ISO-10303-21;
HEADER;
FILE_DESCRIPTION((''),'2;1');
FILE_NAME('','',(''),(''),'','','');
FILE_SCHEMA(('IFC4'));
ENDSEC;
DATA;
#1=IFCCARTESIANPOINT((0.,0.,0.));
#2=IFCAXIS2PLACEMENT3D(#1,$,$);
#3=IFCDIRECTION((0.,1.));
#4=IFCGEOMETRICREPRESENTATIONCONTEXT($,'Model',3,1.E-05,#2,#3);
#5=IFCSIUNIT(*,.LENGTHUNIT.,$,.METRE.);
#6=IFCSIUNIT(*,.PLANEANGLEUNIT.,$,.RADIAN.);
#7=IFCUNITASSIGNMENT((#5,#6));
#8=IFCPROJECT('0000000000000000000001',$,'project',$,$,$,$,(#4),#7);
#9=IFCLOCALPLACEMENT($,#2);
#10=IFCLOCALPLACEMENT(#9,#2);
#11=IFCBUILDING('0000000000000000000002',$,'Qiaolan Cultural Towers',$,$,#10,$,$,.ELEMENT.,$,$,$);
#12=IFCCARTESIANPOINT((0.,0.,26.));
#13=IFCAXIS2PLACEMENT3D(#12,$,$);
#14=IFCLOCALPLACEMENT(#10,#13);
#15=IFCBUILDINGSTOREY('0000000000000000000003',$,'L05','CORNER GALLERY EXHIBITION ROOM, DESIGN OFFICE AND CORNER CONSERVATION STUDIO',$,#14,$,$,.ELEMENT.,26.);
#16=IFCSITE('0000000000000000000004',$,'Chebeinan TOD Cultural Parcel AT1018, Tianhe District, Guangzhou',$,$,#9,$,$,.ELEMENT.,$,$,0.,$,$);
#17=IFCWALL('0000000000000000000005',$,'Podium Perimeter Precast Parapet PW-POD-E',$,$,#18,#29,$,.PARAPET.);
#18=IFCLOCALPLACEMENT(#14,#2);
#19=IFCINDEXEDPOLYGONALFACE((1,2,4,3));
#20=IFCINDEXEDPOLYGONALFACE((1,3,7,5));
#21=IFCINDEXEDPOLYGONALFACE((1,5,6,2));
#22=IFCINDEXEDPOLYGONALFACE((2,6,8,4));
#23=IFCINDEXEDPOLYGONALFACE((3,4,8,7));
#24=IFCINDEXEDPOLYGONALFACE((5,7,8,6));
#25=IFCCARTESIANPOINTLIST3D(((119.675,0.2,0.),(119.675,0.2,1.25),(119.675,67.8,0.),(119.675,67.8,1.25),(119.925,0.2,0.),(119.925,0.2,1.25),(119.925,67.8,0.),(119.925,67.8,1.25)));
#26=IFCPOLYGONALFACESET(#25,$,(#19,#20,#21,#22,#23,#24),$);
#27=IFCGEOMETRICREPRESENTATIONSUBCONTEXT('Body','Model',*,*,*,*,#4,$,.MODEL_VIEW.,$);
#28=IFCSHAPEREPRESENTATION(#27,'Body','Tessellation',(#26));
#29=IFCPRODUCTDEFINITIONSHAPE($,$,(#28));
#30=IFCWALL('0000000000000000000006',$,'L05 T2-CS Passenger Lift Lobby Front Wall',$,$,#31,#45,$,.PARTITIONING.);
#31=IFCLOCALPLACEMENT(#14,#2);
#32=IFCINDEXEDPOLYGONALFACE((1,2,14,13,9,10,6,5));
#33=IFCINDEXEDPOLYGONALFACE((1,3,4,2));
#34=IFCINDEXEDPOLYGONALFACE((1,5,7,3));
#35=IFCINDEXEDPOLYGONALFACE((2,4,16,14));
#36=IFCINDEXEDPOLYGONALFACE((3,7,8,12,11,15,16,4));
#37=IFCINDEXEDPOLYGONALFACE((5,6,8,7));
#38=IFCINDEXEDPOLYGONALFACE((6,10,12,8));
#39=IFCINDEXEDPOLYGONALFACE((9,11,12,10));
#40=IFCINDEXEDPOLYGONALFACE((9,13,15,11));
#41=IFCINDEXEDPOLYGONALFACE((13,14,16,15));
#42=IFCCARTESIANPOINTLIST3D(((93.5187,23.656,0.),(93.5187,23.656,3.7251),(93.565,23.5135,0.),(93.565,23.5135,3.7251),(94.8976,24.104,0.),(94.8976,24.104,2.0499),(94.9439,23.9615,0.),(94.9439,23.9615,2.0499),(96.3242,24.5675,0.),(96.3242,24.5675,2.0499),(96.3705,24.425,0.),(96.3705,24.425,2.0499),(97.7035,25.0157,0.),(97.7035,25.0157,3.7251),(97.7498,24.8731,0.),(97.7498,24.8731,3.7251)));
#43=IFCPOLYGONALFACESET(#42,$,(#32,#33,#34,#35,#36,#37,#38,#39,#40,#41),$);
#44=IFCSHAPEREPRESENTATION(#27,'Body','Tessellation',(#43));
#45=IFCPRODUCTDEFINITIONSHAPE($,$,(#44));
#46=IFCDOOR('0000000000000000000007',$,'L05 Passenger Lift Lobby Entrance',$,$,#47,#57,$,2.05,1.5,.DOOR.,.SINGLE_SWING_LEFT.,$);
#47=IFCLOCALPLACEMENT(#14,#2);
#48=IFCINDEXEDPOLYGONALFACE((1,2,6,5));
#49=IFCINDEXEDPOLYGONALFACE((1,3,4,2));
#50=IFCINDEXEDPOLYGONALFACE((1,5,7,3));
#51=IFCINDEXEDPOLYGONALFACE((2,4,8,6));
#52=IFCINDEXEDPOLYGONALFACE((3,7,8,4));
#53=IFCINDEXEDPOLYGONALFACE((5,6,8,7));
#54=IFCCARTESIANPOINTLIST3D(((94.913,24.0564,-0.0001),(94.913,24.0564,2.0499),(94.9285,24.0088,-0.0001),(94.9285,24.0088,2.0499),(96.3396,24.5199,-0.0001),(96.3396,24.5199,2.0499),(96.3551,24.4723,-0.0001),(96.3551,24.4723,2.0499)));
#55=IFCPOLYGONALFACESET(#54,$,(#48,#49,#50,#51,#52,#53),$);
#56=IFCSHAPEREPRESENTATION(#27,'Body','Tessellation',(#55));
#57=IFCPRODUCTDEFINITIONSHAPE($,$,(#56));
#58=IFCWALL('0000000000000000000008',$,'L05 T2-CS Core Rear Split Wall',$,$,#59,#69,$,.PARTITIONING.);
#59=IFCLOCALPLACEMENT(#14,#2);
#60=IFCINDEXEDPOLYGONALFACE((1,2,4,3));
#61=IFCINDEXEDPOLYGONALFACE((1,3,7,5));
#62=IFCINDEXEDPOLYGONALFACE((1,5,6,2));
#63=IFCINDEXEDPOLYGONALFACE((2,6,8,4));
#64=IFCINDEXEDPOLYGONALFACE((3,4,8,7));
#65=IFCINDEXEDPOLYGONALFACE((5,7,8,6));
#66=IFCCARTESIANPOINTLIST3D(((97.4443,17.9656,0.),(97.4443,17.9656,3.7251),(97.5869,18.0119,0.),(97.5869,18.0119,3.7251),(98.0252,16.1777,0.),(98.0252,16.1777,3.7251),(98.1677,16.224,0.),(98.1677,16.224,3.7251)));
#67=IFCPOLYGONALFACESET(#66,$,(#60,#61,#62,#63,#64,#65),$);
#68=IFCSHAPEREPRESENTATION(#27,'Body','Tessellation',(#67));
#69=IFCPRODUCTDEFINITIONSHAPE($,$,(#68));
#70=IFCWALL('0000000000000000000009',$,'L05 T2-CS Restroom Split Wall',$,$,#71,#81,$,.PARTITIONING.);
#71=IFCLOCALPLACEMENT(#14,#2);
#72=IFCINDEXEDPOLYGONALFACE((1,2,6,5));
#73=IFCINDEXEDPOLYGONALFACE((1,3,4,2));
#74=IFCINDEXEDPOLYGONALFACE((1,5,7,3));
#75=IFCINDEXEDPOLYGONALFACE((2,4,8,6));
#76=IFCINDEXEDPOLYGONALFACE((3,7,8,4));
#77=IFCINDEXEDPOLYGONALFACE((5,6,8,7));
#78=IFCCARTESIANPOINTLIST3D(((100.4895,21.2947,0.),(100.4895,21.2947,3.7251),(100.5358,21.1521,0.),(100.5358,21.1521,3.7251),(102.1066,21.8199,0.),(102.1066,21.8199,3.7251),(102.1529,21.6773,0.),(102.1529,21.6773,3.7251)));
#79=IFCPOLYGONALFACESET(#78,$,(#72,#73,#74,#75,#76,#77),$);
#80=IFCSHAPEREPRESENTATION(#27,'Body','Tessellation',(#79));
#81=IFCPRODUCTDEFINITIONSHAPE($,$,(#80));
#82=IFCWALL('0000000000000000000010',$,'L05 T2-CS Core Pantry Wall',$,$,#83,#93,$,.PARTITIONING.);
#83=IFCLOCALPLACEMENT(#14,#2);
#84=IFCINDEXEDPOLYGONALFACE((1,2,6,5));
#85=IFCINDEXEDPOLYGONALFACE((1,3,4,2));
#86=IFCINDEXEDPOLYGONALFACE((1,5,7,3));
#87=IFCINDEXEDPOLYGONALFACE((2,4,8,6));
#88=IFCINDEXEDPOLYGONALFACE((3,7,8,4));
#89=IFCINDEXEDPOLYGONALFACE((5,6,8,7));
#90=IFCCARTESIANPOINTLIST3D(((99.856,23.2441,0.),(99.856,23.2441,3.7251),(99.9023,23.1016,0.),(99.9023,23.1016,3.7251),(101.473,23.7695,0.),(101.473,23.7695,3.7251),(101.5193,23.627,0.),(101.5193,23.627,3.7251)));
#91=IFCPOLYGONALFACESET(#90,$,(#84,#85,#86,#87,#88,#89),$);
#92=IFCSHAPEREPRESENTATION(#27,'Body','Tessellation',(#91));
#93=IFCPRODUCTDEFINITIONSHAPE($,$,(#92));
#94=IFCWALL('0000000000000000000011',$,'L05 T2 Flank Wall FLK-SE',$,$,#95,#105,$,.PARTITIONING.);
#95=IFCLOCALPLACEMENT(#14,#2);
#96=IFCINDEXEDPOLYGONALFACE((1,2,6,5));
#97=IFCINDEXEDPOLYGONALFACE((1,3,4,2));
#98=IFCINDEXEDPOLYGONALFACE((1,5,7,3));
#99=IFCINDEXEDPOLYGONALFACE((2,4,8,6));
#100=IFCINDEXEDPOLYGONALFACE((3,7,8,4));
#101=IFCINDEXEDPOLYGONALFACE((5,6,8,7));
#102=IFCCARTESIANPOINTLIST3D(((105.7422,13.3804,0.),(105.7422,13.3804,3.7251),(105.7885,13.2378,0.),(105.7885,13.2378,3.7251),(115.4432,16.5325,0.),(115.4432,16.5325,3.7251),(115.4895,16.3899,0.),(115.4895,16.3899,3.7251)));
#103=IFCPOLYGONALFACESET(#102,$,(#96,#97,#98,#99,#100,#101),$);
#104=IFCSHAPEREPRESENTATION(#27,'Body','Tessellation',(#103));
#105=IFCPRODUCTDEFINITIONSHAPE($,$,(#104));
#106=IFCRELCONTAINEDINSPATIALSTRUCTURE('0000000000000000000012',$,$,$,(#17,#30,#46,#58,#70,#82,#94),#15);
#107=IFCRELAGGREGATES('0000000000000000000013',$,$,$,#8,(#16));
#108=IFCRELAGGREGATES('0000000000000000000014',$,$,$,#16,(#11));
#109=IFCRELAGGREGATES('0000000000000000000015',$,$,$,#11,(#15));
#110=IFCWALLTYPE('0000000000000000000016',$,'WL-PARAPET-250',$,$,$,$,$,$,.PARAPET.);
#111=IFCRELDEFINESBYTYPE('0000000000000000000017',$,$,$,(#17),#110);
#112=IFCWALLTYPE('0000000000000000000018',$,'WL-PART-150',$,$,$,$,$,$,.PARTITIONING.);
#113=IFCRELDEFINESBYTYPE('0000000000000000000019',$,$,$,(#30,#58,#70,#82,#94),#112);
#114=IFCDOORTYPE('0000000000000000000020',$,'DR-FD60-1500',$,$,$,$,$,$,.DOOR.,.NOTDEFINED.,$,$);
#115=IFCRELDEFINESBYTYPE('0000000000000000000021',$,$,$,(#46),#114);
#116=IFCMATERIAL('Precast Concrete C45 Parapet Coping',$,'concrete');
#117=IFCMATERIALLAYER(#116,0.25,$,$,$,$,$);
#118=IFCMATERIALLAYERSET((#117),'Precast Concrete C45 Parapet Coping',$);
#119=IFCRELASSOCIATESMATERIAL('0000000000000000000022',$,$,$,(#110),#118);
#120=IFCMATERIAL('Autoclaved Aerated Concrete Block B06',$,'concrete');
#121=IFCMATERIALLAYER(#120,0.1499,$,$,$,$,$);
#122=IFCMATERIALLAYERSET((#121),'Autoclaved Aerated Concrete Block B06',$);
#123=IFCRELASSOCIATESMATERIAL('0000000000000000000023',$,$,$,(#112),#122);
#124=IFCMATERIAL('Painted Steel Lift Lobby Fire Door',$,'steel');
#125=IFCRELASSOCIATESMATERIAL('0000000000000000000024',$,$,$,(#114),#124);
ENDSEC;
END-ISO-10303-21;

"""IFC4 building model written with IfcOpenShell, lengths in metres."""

from ifc_helpers import new_model, si_unit, direction, frame, frame_2d, origin, place, context, subcontext, project, spatial, rectangle, extrude, material, layer, layer_set, type_object, element, fill, save


model = new_model("IFC4")

# Units and contexts
model_context = context("Model", 3, precision=1e-05, world=origin(), true_north=direction((0.0, 1.0)))
body_context = subcontext(model_context, "Body", "Model", "MODEL_VIEW")
ifc_project = project(units=[si_unit("LENGTHUNIT", "METRE"), si_unit("PLANEANGLEUNIT", "RADIAN")], contexts=[model_context])

# Site, building, storey
site_placement = place(None, origin())
site = spatial("IfcSite", under=ifc_project, at=site_placement, Name="Chebeinan TOD Cultural Parcel AT1018, Tianhe District, Guangzhou", CompositionType="ELEMENT", RefElevation=0.0)
building_placement = place(site_placement, origin())
building = spatial("IfcBuilding", under=site, at=building_placement, Name="Qiaolan Cultural Towers", CompositionType="ELEMENT")
storey_placement = place(building_placement, frame((0.0, 0.0, 26.0)))
storey = spatial("IfcBuildingStorey", under=building, at=storey_placement, Name="L05", Description="CORNER GALLERY EXHIBITION ROOM, DESIGN OFFICE AND CORNER CONSERVATION STUDIO", CompositionType="ELEMENT", Elevation=26.0)

# Wall
ifc_material_1 = material(Name="Precast Concrete C45 Parapet Coping", Category="concrete")
ifc_layer_1 = layer(ifc_material_1, 0.25)
ifc_layer_set_1 = layer_set([ifc_layer_1], Name="Precast Concrete C45 Parapet Coping")
wall_type_1 = type_object("IfcWallType", Name="WL-PARAPET-250", PredefinedType="PARAPET", material=ifc_layer_set_1)
wall_1_placement = place(storey_placement, frame((119.8, 0.2, 0.0), z_axis=(0.0, 0.0, 1.0), x_axis=(0.0, 1.0, 0.0)))
element("IfcWall", 1, at=wall_1_placement, inside=storey, type_object=wall_type_1, Name="Podium Perimeter Precast Parapet PW-POD-E", PredefinedType="PARAPET", context=body_context, shape_type="SweptSolid", body=[
    extrude(rectangle(XDim=67.6001, YDim=0.25, at=frame_2d((33.8, 0.0))), origin(), (0.0, 0.0, 1.0), 1.25),
])

# Wall, opening, door
ifc_material_2 = material(Name="Autoclaved Aerated Concrete Block B06", Category="concrete")
ifc_layer_2 = layer(ifc_material_2, 0.1499)
ifc_layer_set_2 = layer_set([ifc_layer_2], Name="Autoclaved Aerated Concrete Block B06")
wall_type_2 = type_object("IfcWallType", Name="WL-PART-150", PredefinedType="PARTITIONING", material=ifc_layer_set_2)
wall_2_placement = place(storey_placement, frame((93.5417, 23.5847, 0.0), z_axis=(0.0, 0.0, 1.0), x_axis=(0.951064, 0.308994, 0.0)))
wall_2 = element("IfcWall", 2, at=wall_2_placement, inside=storey, type_object=wall_type_2, Name="L05 T2-CS Passenger Lift Lobby Front Wall", PredefinedType="PARTITIONING", context=body_context, shape_type="SweptSolid", body=[
    extrude(rectangle(XDim=4.4001, YDim=0.1499, at=frame_2d((2.2002, 0.0))), origin(), (0.0, 0.0, 1.0), 3.7251),
])
opening_1_placement = place(wall_2_placement, frame((1.45, 0.0, 0.0)))
opening_1 = element("IfcOpeningElement", 3, at=opening_1_placement, cuts=wall_2, PredefinedType="OPENING", context=body_context, shape_type="SweptSolid", body=[
    extrude(rectangle(XDim=1.5, YDim=2.05, at=frame_2d((0.75, 1.0249))), frame((0.0, 0.085, 0.0), z_axis=(0.0, -1.0, 0.0), x_axis=(1.0, 0.0, 0.0)), (0.0, 0.0, 1.0), 0.1699),
])
ifc_material_3 = material(Name="Painted Steel Lift Lobby Fire Door", Category="steel")
door_type_1 = type_object("IfcDoorType", Name="DR-FD60-1500", OperationType="NOTDEFINED", PredefinedType="DOOR", material=ifc_material_3)
door_1_placement = place(opening_1_placement, origin())
door_1 = element("IfcDoor", 4, at=door_1_placement, inside=storey, type_object=door_type_1, Name="L05 Passenger Lift Lobby Entrance", OperationType="SINGLE_SWING_LEFT", OverallHeight=2.05, OverallWidth=1.5, PredefinedType="DOOR", context=body_context, shape_type="SweptSolid", body=[
    extrude(rectangle(XDim=1.5, YDim=2.05, at=frame_2d((0.75, 1.0249))), frame((0.0, 0.0249, 0.0), z_axis=(0.0, -1.0, 0.0), x_axis=(1.0, 0.0, 0.0)), (0.0, 0.0, 1.0), 0.05),
])
fill(opening_1, door_1)

# Walls
wall_3_placement = place(storey_placement, frame((97.5156, 17.9888, 0.0), z_axis=(0.0, 0.0, 1.0), x_axis=(0.308972, -0.951071, 0.0)))
element("IfcWall", 5, at=wall_3_placement, inside=storey, type_object=wall_type_2, Name="L05 T2-CS Core Rear Split Wall", PredefinedType="PARTITIONING", context=body_context, shape_type="SweptSolid", body=[
    extrude(rectangle(XDim=1.8799, YDim=0.1499, at=frame_2d((0.9399, 0.0))), origin(), (0.0, 0.0, 1.0), 3.7251),
])
for number, where, z_axis, x_axis, name in (
    (6, (100.5127, 21.2234, 0.0), (0.0, 0.0, 1.0), (0.951096, 0.308894, 0.0), "L05 T2-CS Restroom Split Wall"),
    (7, (99.8792, 23.1729, 0.0), (0.0, 0.0, 1.0), (0.951054, 0.309024, 0.0), "L05 T2-CS Core Pantry Wall"),
):
    element("IfcWall", number, at=place(storey_placement, frame(where, z_axis=z_axis, x_axis=x_axis)), inside=storey, type_object=wall_type_2, Name=name, PredefinedType="PARTITIONING", context=body_context, shape_type="SweptSolid", body=[
        extrude(rectangle(XDim=1.7002, YDim=0.1499, at=frame_2d((0.8501, 0.0))), origin(), (0.0, 0.0, 1.0), 3.7251),
    ])
wall_4_placement = place(storey_placement, frame((105.7654, 13.3091, 0.0), z_axis=(0.0, 0.0, 1.0), x_axis=(0.951054, 0.309024, 0.0)))
element("IfcWall", 8, at=wall_4_placement, inside=storey, type_object=wall_type_2, Name="L05 T2 Flank Wall FLK-SE", PredefinedType="PARTITIONING", context=body_context, shape_type="SweptSolid", body=[
    extrude(rectangle(XDim=10.2002, YDim=0.1499, at=frame_2d((5.1001, 0.0))), origin(), (0.0, 0.0, 1.0), 3.7251),
])

save(model, "model.ifc")
